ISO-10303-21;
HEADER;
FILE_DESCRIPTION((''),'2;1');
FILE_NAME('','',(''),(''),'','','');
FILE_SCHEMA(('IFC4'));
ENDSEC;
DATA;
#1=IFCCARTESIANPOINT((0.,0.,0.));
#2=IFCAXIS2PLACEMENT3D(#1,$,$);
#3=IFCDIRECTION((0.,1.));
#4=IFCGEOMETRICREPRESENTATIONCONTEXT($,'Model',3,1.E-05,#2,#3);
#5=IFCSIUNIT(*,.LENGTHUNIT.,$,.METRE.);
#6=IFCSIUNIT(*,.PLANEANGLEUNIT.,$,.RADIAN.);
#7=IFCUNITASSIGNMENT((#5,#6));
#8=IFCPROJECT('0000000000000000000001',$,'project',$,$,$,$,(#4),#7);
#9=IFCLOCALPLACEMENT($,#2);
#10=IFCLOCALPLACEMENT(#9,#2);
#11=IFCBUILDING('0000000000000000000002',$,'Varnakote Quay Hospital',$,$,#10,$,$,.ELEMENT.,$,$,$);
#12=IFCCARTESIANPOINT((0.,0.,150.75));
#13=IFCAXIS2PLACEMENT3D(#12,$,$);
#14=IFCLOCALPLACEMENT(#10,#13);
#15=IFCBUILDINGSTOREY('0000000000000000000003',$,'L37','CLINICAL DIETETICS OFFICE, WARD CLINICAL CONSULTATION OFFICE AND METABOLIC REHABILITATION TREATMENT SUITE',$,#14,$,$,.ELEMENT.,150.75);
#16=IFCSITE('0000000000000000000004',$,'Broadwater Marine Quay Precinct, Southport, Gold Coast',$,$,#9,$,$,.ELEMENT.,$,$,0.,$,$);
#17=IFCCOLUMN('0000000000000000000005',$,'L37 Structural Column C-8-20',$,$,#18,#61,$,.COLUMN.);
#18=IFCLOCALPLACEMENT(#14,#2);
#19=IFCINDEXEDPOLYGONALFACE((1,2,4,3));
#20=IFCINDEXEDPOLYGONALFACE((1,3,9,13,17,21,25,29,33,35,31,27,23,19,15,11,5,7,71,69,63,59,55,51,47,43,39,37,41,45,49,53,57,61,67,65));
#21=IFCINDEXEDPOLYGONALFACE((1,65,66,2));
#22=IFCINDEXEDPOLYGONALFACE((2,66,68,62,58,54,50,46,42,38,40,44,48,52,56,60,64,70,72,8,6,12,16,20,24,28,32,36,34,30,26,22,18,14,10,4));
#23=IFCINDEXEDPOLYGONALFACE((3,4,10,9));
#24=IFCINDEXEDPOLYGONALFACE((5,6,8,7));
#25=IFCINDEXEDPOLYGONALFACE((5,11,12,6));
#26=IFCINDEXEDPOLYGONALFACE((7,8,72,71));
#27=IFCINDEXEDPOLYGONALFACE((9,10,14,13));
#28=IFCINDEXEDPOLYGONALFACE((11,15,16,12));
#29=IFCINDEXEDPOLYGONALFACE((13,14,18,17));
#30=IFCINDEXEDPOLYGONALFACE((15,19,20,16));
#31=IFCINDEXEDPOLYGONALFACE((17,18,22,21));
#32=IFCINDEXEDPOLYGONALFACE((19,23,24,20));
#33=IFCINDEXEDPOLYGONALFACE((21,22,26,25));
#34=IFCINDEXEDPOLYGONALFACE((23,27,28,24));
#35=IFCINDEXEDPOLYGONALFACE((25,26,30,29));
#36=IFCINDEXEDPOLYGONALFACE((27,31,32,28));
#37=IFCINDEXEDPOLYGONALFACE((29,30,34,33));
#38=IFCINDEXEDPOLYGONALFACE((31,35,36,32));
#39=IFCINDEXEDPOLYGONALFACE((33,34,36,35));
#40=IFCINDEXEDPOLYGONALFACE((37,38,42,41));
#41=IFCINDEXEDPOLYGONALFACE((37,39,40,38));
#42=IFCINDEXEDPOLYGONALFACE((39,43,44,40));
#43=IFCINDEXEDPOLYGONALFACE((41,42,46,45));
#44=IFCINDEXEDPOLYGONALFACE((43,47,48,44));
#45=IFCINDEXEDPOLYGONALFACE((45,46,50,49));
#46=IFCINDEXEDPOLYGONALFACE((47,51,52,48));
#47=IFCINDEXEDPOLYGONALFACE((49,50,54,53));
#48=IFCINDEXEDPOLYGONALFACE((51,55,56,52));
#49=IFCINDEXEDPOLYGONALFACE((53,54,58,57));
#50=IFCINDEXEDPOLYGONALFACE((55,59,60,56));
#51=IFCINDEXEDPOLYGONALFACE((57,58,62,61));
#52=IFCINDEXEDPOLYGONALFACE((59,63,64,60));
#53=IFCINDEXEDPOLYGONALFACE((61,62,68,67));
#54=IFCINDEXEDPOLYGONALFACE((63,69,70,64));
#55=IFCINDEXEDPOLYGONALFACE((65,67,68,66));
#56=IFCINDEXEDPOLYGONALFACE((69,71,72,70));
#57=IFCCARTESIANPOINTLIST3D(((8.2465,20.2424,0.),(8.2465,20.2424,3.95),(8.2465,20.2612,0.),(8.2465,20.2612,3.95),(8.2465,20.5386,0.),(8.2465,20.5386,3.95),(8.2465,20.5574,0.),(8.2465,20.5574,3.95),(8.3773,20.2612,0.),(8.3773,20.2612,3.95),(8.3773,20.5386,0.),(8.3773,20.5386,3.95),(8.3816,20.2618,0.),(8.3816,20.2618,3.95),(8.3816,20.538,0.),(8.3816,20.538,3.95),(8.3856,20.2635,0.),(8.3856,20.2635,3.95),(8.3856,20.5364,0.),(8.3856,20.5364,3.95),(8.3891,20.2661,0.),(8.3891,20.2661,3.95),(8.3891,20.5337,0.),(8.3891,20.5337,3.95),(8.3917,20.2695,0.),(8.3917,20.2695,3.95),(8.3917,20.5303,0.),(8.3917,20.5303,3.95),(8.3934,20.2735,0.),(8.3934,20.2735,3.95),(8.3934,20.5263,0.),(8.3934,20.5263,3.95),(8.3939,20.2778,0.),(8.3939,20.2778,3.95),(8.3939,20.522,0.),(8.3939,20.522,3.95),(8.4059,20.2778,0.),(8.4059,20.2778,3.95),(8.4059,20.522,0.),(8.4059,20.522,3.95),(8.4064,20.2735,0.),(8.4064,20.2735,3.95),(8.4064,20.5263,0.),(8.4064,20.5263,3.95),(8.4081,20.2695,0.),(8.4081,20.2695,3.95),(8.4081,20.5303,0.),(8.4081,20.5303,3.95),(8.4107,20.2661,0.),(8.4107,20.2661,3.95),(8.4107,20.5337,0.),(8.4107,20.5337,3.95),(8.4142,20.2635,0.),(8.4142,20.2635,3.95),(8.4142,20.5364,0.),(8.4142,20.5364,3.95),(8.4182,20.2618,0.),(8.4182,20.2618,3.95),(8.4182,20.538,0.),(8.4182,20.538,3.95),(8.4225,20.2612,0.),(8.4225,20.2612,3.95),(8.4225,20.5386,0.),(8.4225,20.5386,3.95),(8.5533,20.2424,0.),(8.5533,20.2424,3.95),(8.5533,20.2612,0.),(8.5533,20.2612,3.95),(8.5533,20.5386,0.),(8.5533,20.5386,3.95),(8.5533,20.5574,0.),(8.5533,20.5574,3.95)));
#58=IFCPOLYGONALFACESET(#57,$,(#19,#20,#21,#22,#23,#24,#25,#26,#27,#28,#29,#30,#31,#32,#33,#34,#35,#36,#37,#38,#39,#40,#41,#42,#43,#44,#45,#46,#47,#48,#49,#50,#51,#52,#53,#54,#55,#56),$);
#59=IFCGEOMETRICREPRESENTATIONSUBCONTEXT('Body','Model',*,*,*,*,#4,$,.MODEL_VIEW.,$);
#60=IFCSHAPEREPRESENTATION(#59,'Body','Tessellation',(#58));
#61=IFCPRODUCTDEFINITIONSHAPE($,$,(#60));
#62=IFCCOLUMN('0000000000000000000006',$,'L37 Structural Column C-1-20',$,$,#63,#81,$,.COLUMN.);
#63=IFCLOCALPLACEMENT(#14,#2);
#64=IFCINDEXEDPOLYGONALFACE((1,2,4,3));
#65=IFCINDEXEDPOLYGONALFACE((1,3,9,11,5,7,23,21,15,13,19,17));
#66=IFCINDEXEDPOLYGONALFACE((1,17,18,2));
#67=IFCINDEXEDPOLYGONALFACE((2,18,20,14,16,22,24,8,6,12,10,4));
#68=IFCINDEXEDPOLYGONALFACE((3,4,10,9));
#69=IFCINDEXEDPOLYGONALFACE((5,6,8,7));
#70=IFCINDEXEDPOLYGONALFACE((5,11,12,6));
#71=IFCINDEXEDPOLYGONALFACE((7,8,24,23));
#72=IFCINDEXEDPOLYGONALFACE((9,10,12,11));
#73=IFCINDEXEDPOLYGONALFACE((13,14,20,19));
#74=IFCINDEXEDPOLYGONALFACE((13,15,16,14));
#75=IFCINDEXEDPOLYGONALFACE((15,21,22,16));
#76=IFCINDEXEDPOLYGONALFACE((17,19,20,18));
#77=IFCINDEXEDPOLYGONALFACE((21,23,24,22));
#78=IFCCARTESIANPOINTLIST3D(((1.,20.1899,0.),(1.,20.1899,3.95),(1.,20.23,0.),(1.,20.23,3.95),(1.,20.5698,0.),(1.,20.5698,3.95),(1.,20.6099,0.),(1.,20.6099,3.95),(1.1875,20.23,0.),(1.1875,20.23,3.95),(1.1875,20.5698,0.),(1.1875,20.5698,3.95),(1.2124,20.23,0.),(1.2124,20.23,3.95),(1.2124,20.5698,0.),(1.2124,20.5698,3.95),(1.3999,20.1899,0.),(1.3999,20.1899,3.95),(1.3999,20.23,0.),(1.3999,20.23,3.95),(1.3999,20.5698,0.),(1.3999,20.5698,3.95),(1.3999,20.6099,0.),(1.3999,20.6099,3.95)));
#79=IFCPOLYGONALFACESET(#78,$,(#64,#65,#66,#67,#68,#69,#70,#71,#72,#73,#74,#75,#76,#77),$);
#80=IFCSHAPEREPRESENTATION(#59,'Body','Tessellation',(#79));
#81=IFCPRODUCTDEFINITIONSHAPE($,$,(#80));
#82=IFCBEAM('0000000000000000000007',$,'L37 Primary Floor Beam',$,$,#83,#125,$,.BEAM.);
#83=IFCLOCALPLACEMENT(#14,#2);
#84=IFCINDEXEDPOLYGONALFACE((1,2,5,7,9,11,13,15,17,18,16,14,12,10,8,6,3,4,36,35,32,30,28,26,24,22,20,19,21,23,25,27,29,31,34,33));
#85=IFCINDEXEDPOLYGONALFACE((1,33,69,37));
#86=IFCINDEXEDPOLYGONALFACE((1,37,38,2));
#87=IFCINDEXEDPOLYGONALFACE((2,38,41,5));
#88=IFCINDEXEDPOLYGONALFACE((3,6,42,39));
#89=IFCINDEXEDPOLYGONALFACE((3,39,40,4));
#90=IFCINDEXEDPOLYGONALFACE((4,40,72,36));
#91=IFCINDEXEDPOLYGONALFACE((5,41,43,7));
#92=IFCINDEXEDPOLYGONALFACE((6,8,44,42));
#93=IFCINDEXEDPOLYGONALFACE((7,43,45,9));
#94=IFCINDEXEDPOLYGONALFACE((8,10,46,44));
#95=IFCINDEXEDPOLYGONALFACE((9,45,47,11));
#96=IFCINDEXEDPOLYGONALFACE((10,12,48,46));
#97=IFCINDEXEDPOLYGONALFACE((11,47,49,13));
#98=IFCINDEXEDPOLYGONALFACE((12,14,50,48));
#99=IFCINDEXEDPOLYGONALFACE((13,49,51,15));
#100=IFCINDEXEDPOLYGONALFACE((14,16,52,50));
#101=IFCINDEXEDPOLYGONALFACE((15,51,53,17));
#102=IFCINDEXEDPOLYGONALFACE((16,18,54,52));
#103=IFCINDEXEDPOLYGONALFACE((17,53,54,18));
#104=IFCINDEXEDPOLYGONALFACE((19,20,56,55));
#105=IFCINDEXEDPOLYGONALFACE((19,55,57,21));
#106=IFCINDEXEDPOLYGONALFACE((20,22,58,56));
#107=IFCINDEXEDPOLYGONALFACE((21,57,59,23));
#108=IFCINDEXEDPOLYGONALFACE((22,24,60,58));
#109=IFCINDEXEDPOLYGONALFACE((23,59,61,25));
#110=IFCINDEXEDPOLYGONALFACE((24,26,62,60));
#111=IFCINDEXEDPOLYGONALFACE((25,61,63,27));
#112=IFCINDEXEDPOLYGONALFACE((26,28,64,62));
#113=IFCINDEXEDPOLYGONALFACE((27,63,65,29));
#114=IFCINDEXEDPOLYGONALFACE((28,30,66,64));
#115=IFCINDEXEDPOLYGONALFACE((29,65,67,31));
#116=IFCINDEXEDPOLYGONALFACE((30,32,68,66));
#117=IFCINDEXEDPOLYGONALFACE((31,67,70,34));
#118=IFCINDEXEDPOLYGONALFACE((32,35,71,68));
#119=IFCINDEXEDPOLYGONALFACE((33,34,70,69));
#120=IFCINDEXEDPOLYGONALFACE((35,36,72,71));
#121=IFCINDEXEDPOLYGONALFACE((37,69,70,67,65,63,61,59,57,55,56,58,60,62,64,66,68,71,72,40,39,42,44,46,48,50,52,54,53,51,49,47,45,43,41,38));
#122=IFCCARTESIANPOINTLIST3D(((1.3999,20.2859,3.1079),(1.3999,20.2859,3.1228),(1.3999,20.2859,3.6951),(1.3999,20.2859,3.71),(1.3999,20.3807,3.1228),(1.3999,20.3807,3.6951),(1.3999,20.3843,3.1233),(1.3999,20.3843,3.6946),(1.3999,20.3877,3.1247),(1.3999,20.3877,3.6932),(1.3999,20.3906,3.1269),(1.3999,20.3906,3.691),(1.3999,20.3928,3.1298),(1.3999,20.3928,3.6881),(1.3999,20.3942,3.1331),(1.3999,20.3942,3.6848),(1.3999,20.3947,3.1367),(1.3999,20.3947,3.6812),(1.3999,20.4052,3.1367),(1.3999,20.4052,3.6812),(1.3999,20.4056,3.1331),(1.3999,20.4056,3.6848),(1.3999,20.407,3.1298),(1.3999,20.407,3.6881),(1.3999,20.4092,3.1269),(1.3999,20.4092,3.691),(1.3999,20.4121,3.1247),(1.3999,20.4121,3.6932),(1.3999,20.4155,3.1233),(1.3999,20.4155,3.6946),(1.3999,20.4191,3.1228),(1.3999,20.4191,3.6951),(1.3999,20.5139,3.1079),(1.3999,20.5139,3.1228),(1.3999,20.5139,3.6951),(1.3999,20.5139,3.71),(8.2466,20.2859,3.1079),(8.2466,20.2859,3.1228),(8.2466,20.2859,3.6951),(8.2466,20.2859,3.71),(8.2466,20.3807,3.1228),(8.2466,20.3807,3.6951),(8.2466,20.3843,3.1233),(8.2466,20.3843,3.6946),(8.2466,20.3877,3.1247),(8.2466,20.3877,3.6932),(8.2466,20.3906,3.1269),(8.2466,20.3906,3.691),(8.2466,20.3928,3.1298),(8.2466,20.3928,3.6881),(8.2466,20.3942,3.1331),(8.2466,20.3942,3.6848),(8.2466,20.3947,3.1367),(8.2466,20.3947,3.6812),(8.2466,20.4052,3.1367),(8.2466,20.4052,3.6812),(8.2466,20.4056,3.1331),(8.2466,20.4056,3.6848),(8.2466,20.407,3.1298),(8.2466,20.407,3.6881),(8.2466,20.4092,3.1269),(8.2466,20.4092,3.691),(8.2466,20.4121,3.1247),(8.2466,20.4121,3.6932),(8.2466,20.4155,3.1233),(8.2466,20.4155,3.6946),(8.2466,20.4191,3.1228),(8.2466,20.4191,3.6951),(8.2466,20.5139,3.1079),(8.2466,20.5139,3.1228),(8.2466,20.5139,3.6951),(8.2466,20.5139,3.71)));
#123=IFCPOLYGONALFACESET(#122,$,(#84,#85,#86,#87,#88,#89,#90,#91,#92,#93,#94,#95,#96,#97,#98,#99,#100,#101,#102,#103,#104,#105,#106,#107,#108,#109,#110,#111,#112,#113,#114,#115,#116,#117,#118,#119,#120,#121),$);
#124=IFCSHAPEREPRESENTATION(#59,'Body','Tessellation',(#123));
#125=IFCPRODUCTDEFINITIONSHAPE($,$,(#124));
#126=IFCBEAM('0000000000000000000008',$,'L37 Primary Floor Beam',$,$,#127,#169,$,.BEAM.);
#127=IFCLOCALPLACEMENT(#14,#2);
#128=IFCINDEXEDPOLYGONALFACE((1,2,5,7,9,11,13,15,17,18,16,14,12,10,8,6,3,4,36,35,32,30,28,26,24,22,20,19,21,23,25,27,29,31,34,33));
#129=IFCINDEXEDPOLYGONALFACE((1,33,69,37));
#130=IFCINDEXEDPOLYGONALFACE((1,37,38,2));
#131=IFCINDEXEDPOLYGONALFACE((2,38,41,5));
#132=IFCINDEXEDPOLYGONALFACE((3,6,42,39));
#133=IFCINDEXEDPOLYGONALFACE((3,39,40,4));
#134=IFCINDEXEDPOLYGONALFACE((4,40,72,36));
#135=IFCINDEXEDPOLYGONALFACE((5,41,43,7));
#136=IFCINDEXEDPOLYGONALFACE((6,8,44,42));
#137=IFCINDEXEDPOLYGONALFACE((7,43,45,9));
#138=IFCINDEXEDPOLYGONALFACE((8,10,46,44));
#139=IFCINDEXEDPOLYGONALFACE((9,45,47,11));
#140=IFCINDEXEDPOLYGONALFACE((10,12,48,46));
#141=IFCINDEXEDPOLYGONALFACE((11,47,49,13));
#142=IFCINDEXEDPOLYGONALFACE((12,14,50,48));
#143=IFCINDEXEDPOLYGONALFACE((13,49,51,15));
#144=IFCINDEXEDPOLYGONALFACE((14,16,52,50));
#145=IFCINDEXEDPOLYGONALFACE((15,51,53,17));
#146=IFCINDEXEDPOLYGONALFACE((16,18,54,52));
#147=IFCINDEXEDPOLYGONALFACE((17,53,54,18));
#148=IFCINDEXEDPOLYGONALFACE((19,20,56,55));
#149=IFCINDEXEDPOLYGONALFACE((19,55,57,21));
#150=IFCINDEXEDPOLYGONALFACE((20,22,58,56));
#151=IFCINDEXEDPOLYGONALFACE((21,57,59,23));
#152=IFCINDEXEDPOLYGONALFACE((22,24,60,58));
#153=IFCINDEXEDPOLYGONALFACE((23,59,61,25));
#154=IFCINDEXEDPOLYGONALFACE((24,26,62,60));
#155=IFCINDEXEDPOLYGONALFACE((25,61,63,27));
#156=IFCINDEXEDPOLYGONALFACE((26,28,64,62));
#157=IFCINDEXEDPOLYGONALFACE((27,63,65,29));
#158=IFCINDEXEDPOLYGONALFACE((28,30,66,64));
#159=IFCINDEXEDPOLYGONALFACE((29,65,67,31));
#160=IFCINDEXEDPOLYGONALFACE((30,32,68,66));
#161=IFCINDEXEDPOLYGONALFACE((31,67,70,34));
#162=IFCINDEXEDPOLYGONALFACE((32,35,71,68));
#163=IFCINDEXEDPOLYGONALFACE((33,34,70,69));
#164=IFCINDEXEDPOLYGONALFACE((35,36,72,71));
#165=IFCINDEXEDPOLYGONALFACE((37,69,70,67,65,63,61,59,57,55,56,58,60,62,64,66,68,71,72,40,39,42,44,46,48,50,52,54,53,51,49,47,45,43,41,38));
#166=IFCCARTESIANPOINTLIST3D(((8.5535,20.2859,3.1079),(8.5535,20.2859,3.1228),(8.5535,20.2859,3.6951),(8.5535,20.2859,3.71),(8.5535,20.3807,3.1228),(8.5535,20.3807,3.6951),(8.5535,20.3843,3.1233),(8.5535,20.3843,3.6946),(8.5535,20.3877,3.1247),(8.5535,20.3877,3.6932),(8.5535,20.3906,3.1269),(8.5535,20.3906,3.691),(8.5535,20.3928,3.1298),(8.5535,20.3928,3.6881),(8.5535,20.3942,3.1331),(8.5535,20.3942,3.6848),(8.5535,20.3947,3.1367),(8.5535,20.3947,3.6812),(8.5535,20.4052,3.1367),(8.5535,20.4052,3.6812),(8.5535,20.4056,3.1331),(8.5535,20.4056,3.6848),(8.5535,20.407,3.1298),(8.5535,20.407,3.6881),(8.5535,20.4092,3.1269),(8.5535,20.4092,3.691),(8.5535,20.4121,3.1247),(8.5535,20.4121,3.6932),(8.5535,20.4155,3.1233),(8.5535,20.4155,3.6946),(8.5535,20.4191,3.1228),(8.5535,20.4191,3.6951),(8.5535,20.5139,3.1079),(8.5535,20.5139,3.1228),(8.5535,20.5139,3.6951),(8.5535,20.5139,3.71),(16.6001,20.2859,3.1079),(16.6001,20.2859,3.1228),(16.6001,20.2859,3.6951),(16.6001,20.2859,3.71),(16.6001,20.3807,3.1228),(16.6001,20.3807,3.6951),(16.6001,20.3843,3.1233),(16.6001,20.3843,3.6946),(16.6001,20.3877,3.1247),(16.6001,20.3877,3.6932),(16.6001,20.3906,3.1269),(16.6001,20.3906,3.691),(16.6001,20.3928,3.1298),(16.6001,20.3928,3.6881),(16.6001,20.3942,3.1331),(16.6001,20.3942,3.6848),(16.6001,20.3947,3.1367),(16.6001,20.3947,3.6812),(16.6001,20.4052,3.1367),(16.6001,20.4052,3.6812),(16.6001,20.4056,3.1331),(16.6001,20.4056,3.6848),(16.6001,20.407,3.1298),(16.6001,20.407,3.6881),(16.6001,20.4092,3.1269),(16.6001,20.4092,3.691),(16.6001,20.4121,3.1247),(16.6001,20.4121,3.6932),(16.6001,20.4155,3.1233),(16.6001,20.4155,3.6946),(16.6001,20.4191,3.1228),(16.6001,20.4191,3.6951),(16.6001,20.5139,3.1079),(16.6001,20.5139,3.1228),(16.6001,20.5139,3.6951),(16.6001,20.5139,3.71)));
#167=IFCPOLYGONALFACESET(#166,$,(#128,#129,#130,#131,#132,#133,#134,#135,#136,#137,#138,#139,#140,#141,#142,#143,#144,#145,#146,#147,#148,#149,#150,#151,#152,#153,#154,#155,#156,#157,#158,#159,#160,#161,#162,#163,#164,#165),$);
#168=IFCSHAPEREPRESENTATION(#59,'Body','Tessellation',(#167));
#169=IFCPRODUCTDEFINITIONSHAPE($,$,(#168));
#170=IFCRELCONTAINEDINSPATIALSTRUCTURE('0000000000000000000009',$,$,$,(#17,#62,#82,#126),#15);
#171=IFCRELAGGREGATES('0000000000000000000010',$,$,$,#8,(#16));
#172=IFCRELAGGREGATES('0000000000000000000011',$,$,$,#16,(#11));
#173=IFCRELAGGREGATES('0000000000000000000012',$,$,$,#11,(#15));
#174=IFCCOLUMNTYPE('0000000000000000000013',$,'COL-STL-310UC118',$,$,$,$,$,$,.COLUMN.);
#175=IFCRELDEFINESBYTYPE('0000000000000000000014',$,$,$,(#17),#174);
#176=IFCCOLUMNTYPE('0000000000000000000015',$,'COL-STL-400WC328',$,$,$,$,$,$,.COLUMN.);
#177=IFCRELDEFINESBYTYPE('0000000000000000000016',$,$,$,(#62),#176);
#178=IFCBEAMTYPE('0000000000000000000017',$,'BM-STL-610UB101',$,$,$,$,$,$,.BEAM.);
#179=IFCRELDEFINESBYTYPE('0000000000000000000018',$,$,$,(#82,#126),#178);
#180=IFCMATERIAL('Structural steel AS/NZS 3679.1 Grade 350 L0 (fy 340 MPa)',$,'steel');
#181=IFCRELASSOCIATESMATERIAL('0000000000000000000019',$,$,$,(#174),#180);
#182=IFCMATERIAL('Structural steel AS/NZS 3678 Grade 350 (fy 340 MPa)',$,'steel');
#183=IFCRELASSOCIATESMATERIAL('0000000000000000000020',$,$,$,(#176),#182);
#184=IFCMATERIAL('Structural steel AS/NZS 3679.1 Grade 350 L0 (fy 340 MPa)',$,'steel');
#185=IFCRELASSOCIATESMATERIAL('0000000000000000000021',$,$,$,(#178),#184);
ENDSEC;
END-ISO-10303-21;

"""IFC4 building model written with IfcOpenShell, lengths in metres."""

from ifc_helpers import new_model, si_unit, direction, frame, origin, origin_2d, place, context, subcontext, project, spatial, i_section, extrude, material, material_profile, profile_set, type_object, element, save


model = new_model("IFC4")

# Units and contexts
model_context = context("Model", 3, precision=1e-05, world=origin(), true_north=direction((0.0, 1.0)))
body_context = subcontext(model_context, "Body", "Model", "MODEL_VIEW")
ifc_project = project(units=[si_unit("LENGTHUNIT", "METRE"), si_unit("PLANEANGLEUNIT", "RADIAN")], contexts=[model_context])

# Site, building, storey
site_placement = place(None, origin())
site = spatial("IfcSite", under=ifc_project, at=site_placement, Name="Broadwater Marine Quay Precinct, Southport, Gold Coast", CompositionType="ELEMENT", RefElevation=0.0)
building_placement = place(site_placement, origin())
building = spatial("IfcBuilding", under=site, at=building_placement, Name="Varnakote Quay Hospital", CompositionType="ELEMENT")
storey_placement = place(building_placement, frame((0.0, 0.0, 150.75)))
storey = spatial("IfcBuildingStorey", under=building, at=storey_placement, Name="L37", Description="CLINICAL DIETETICS OFFICE, WARD CLINICAL CONSULTATION OFFICE AND METABOLIC REHABILITATION TREATMENT SUITE", CompositionType="ELEMENT", Elevation=150.75)

# Columns
ifc_material_1 = material(Name="Structural steel AS/NZS 3679.1 Grade 350 L0 (fy 340 MPa)", Category="steel")
ifc_material_profile_1 = material_profile(ifc_material_1, i_section(OverallWidth=0.3069, OverallDepth=0.3149, WebThickness=0.012, FlangeThickness=0.0188, FilletRadius=0.0166, at=origin_2d()), Name="310UC118")
ifc_profile_set_1 = profile_set([ifc_material_profile_1], Name="Structural steel AS/NZS 3679.1 Grade 350 L0 (fy 340 MPa)")
column_type_1 = type_object("IfcColumnType", Name="COL-STL-310UC118", PredefinedType="COLUMN", material=ifc_profile_set_1)
column_1_placement = place(storey_placement, frame((8.3999, 20.3999, 0.0), z_axis=(0.0, 0.0, 1.0), x_axis=(1.0, 0.0, 0.0)))
element("IfcColumn", 1, at=column_1_placement, inside=storey, type_object=column_type_1, Name="L37 Structural Column C-8-20", PredefinedType="COLUMN", context=body_context, shape_type="SweptSolid", body=[
    extrude(i_section(OverallWidth=0.3069, OverallDepth=0.3149, WebThickness=0.012, FlangeThickness=0.0188, FilletRadius=0.0166, at=origin_2d()), origin(), (0.0, 0.0, 1.0), 3.95),
])
ifc_material_2 = material(Name="Structural steel AS/NZS 3678 Grade 350 (fy 340 MPa)", Category="steel")
ifc_material_profile_2 = material_profile(ifc_material_2, i_section(OverallWidth=0.3999, OverallDepth=0.4199, WebThickness=0.0249, FlangeThickness=0.04, at=origin_2d()), Name="400WC328")
ifc_profile_set_2 = profile_set([ifc_material_profile_2], Name="Structural steel AS/NZS 3678 Grade 350 (fy 340 MPa)")
column_type_2 = type_object("IfcColumnType", Name="COL-STL-400WC328", PredefinedType="COLUMN", material=ifc_profile_set_2)
column_2_placement = place(storey_placement, frame((1.2, 20.3999, 0.0), z_axis=(0.0, 0.0, 1.0), x_axis=(1.0, 0.0, 0.0)))
element("IfcColumn", 2, at=column_2_placement, inside=storey, type_object=column_type_2, Name="L37 Structural Column C-1-20", PredefinedType="COLUMN", context=body_context, shape_type="SweptSolid", body=[
    extrude(i_section(OverallWidth=0.3999, OverallDepth=0.4199, WebThickness=0.0249, FlangeThickness=0.04, at=origin_2d()), origin(), (0.0, 0.0, 1.0), 3.95),
])

# Beams
ifc_material_3 = material(Name="Structural steel AS/NZS 3679.1 Grade 350 L0 (fy 340 MPa)", Category="steel")
ifc_material_profile_3 = material_profile(ifc_material_3, i_section(OverallWidth=0.228, OverallDepth=0.6021, WebThickness=0.0105, FlangeThickness=0.0149, FilletRadius=0.0139, at=origin_2d()), Name="610UB101")
ifc_profile_set_3 = profile_set([ifc_material_profile_3], Name="Structural steel AS/NZS 3679.1 Grade 350 L0 (fy 340 MPa)")
beam_type_1 = type_object("IfcBeamType", Name="BM-STL-610UB101", PredefinedType="BEAM", material=ifc_profile_set_3)
beam_1_placement = place(storey_placement, frame((1.3999, 20.3999, 3.4089), z_axis=(1.0, 0.0, 0.0), x_axis=(0.0, 1.0, 0.0)))
element("IfcBeam", 3, at=beam_1_placement, inside=storey, type_object=beam_type_1, Name="L37 Primary Floor Beam", PredefinedType="BEAM", context=body_context, shape_type="SweptSolid", body=[
    extrude(i_section(OverallWidth=0.228, OverallDepth=0.6021, WebThickness=0.0105, FlangeThickness=0.0149, FilletRadius=0.0139, at=origin_2d()), origin(), (0.0, 0.0, 1.0), 6.8467),
])
beam_2_placement = place(storey_placement, frame((8.5535, 20.3999, 3.4089), z_axis=(1.0, 0.0, 0.0), x_axis=(0.0, 1.0, 0.0)))
element("IfcBeam", 4, at=beam_2_placement, inside=storey, type_object=beam_type_1, Name="L37 Primary Floor Beam", PredefinedType="BEAM", context=body_context, shape_type="SweptSolid", body=[
    extrude(i_section(OverallWidth=0.228, OverallDepth=0.6021, WebThickness=0.0105, FlangeThickness=0.0149, FilletRadius=0.0139, at=origin_2d()), origin(), (0.0, 0.0, 1.0), 8.0466),
])

save(model, "model.ifc")
